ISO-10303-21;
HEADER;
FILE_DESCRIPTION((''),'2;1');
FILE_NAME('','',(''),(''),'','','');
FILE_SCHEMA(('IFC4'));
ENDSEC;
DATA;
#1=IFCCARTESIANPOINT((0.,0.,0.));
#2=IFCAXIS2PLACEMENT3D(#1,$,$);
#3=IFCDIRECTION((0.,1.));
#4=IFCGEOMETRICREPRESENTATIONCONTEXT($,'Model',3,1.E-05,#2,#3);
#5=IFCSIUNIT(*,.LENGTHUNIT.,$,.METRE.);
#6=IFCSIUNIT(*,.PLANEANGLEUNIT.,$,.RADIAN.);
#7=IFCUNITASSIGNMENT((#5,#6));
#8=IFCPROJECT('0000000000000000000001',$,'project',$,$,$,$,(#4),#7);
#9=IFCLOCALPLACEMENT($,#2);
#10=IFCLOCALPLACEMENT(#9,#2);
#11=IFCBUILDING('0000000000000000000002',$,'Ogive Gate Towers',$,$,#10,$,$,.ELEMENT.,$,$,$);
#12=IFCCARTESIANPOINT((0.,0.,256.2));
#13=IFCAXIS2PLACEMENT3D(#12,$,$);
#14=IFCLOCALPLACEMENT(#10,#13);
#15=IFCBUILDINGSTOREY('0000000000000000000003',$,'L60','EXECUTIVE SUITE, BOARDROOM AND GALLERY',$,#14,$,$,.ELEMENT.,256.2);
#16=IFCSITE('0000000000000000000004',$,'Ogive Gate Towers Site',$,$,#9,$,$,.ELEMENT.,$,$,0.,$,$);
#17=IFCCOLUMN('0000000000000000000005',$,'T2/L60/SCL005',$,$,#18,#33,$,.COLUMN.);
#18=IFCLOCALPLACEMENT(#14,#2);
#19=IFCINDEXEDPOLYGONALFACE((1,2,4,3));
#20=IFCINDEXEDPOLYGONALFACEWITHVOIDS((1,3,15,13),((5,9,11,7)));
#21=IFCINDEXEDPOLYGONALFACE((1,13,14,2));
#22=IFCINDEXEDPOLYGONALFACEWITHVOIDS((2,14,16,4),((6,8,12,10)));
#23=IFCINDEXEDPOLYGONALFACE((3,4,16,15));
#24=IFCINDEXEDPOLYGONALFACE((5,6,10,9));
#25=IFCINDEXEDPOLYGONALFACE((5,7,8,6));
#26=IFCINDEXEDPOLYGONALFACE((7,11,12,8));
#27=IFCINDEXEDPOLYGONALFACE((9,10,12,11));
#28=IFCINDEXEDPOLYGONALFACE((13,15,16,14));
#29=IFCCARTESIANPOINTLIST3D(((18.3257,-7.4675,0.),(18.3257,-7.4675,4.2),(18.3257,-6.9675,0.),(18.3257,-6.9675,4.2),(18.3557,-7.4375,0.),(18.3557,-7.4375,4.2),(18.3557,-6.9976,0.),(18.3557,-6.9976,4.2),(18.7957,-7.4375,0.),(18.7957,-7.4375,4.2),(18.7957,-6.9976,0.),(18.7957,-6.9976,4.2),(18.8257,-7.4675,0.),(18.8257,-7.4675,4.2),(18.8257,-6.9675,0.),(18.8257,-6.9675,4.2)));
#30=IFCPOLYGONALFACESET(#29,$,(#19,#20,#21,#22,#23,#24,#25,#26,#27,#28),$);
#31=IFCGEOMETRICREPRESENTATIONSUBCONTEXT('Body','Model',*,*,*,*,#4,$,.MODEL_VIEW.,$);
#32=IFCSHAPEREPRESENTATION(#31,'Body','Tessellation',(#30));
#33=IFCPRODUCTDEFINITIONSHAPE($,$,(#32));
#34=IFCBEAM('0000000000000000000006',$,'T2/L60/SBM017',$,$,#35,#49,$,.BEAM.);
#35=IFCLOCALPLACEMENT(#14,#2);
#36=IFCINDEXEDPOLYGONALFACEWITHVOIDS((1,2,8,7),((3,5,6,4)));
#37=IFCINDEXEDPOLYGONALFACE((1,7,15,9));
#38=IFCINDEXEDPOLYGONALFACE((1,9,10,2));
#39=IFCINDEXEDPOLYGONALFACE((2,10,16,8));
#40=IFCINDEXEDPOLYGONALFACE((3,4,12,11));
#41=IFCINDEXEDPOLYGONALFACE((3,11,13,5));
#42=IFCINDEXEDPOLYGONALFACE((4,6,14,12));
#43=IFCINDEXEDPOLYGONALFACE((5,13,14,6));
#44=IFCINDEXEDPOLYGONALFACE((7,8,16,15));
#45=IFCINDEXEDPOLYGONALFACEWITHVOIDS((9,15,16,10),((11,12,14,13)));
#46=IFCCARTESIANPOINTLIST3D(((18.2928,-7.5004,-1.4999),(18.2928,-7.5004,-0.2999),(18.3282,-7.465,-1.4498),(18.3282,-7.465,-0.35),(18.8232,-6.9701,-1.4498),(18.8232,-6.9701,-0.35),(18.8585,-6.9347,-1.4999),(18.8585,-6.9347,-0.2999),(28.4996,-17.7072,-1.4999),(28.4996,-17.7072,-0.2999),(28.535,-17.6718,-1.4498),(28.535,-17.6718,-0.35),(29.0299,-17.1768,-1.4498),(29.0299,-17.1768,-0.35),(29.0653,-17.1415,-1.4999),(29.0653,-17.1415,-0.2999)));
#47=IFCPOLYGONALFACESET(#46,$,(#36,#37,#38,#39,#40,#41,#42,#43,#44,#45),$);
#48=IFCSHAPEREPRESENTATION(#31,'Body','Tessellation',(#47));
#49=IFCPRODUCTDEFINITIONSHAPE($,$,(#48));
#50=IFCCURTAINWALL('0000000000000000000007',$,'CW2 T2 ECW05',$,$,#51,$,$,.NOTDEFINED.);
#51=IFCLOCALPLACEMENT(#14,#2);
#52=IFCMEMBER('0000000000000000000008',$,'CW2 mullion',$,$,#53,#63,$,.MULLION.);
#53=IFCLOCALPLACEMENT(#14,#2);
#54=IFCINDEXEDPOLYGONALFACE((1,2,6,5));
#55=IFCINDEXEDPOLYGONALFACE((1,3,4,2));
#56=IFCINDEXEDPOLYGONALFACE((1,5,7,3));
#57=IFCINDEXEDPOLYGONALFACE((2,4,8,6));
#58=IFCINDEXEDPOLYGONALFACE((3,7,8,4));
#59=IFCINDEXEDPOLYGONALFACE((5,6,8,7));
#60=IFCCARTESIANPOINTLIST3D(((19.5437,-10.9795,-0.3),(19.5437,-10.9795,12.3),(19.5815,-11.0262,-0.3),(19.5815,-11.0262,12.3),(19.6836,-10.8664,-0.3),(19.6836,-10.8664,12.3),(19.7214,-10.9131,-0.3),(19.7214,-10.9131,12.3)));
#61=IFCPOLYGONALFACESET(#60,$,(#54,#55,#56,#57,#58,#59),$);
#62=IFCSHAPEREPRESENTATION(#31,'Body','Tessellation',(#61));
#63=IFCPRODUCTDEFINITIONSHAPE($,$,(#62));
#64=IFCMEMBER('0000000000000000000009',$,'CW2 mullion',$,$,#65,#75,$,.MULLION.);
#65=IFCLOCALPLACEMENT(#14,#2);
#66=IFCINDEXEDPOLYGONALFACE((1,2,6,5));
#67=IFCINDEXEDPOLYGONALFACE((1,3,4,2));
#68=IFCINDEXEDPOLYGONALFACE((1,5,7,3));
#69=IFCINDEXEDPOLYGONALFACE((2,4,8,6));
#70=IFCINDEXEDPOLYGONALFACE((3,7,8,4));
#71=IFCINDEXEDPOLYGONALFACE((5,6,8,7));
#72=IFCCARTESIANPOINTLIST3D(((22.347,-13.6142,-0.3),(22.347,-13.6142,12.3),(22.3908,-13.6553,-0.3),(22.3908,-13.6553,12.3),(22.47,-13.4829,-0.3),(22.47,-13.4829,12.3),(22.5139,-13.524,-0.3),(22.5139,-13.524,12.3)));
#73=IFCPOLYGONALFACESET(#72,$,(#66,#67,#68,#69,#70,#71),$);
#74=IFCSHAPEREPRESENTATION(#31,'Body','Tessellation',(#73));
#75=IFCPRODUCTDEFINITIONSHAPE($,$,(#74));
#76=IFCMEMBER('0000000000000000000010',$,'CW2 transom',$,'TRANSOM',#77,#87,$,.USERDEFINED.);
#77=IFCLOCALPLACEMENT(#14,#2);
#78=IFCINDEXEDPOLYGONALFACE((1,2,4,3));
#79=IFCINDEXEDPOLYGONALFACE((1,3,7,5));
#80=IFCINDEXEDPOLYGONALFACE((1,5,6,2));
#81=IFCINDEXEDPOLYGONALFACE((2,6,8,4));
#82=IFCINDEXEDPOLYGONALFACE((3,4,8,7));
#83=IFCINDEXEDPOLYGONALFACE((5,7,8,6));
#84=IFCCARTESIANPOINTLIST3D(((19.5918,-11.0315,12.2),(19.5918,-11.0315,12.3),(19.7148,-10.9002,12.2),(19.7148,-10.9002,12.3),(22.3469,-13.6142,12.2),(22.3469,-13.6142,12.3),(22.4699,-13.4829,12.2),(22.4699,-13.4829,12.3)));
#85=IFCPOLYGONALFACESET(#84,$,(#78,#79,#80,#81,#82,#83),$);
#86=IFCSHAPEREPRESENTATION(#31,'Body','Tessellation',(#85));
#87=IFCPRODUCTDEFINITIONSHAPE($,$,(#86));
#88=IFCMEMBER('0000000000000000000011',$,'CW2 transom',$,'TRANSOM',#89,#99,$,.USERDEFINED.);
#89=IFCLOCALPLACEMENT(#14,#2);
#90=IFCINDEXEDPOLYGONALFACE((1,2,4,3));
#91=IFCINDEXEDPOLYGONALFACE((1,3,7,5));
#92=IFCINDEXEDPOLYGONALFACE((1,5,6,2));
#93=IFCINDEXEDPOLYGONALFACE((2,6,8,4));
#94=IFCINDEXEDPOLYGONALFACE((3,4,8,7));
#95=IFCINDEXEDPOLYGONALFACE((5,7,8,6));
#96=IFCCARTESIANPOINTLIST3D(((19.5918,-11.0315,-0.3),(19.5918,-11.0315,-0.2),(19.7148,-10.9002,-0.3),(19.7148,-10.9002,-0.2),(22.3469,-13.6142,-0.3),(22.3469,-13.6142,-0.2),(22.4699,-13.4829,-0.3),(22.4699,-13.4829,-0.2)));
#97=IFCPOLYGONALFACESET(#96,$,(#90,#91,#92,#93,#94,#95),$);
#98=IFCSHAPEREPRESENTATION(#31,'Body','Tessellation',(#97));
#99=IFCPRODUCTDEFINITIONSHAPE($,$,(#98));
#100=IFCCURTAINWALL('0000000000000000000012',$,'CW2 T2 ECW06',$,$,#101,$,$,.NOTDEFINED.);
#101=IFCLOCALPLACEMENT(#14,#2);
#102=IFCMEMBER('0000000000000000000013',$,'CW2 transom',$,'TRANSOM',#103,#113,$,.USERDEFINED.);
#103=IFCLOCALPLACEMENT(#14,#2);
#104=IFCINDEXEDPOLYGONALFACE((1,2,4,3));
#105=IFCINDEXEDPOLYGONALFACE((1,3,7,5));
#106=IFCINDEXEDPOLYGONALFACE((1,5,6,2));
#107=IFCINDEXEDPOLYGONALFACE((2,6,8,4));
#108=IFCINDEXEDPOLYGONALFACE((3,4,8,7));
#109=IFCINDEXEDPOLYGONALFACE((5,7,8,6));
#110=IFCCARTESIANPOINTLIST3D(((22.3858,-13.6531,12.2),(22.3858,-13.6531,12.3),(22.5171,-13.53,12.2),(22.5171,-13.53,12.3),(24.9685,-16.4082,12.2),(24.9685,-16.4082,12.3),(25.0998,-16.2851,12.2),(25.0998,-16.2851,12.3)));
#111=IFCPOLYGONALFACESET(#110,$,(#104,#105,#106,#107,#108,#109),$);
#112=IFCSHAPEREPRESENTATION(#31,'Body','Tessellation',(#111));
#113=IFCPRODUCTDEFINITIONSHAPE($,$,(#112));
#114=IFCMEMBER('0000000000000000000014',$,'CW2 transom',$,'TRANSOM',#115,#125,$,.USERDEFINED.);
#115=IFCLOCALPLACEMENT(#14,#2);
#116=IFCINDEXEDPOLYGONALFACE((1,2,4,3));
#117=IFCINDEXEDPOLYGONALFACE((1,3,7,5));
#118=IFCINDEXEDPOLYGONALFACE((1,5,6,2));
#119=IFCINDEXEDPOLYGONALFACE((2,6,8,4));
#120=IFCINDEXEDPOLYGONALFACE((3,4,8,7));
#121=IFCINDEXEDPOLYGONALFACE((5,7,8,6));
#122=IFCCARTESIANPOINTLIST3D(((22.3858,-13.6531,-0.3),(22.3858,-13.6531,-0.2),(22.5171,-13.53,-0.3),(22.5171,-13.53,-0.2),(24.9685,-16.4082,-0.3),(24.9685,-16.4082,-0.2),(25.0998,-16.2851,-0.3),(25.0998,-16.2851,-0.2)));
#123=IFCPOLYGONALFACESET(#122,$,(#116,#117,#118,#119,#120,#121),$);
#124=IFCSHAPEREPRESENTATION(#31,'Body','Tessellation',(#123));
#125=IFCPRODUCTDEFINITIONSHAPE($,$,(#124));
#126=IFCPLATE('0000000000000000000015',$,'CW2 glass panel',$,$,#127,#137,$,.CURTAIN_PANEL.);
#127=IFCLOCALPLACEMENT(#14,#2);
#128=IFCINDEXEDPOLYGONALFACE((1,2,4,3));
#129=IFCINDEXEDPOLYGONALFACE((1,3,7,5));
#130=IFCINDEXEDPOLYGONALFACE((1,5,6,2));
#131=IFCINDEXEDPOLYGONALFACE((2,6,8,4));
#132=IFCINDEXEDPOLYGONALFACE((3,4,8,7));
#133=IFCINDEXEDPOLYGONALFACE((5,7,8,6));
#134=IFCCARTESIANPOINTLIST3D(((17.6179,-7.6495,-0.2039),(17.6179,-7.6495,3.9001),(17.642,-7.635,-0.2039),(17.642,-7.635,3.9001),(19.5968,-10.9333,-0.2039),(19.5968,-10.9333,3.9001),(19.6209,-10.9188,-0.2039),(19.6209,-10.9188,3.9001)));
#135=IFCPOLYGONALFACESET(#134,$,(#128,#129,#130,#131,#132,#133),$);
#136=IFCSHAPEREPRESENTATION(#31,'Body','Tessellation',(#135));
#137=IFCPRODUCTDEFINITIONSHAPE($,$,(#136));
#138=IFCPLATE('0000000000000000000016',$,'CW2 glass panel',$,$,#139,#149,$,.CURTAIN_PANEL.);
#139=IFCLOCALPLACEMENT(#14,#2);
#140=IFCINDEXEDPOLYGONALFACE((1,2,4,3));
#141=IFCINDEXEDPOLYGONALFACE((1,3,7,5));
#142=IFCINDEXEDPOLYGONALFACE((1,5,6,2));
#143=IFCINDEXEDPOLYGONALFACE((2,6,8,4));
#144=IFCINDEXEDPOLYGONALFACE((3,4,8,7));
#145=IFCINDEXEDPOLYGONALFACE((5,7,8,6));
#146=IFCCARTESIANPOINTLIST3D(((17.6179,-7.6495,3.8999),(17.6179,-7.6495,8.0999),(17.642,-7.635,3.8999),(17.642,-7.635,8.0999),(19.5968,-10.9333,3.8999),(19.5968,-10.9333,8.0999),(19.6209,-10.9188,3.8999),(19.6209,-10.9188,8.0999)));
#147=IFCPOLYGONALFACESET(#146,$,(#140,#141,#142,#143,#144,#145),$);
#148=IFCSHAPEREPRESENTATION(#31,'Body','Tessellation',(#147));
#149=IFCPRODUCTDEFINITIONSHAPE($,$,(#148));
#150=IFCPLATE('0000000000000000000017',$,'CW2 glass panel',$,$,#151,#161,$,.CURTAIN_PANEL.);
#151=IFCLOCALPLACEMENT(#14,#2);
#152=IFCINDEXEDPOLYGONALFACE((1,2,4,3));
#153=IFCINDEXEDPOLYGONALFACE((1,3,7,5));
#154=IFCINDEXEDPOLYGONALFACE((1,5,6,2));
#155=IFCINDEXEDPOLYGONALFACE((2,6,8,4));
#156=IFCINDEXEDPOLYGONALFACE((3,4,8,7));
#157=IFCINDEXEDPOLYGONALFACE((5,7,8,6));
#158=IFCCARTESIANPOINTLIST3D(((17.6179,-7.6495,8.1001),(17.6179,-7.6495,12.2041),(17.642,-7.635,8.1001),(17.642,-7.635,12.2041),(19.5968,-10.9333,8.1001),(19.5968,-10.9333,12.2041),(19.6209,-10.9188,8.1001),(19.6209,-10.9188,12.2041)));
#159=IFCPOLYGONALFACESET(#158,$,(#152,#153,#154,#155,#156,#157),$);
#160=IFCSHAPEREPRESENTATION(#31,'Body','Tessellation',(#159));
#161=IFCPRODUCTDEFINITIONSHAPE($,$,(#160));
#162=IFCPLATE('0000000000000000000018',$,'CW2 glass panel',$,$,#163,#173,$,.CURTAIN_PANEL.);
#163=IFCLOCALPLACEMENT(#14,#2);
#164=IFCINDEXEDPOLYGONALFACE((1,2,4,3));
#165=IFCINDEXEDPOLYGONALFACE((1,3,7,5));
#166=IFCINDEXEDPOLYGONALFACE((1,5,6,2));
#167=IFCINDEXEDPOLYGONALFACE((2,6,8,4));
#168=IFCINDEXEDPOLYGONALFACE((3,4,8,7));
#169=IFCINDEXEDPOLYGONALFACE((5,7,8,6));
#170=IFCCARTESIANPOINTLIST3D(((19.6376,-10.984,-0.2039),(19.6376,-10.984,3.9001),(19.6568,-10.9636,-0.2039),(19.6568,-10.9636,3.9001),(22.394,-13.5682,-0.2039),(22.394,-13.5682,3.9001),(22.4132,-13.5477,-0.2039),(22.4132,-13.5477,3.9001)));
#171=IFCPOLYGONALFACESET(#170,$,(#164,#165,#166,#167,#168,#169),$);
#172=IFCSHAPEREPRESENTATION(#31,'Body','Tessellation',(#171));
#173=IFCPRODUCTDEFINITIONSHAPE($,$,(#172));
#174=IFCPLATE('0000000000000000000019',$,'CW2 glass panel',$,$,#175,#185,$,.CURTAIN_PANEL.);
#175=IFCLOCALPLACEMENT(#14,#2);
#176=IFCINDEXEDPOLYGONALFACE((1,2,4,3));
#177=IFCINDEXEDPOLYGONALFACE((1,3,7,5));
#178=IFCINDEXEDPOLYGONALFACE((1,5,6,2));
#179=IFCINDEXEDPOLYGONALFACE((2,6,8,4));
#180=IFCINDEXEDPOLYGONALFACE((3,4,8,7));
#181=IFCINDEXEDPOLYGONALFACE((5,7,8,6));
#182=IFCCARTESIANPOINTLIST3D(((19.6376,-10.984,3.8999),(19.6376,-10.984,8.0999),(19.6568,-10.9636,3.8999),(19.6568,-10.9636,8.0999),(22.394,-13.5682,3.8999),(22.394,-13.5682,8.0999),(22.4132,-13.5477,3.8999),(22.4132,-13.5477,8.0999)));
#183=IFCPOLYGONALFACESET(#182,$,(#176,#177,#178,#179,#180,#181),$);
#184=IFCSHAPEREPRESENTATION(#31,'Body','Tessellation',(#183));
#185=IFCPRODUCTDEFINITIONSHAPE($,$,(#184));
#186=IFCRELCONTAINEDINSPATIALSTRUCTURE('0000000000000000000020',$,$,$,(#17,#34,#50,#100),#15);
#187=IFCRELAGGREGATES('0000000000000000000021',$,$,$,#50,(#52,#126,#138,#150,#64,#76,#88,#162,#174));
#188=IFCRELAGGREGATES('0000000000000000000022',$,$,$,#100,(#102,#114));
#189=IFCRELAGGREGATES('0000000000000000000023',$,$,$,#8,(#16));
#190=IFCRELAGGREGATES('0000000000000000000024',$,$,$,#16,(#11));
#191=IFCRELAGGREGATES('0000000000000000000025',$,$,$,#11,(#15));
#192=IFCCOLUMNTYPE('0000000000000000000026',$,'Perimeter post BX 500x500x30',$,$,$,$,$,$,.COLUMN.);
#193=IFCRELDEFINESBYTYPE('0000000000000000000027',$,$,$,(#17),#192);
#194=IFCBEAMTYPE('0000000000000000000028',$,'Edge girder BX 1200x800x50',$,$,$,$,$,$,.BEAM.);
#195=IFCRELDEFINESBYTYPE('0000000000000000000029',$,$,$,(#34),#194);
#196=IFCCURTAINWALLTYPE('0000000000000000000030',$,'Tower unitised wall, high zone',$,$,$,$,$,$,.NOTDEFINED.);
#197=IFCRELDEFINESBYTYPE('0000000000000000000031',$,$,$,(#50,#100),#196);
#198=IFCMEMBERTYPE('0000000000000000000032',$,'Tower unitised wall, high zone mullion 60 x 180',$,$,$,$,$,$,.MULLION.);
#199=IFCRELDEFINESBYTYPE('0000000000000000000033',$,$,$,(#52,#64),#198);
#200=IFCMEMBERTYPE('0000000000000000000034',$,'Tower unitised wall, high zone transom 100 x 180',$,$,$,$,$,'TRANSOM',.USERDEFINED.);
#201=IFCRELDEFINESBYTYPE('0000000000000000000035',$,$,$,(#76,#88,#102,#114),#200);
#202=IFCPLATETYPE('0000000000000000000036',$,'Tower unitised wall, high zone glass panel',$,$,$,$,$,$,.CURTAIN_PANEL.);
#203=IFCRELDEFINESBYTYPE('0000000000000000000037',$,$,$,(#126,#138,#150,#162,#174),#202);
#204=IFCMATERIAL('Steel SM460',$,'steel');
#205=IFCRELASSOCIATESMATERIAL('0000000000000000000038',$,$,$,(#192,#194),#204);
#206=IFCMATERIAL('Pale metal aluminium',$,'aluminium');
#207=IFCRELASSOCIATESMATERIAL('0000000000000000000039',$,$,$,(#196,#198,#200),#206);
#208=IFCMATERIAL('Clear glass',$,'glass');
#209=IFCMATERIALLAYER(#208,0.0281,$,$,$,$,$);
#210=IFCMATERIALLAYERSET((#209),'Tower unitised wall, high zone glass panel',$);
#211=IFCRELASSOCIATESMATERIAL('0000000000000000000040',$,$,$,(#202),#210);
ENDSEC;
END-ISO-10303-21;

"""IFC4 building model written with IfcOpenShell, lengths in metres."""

from ifc_helpers import new_model, si_unit, direction, frame, origin, origin_2d, place, context, subcontext, project, spatial, rectangle, hollow_rectangle, extrude, material, layer, layer_set, material_profile, profile_set, type_object, element, aggregate, save


model = new_model("IFC4")

# Units and contexts
model_context = context("Model", 3, precision=1e-05, world=origin(), true_north=direction((0.0, 1.0)))
body_context = subcontext(model_context, "Body", "Model", "MODEL_VIEW")
ifc_project = project(units=[si_unit("LENGTHUNIT", "METRE"), si_unit("PLANEANGLEUNIT", "RADIAN")], contexts=[model_context])

# Site, building, storey
site_placement = place(None, origin())
site = spatial("IfcSite", under=ifc_project, at=site_placement, Name="Ogive Gate Towers Site", CompositionType="ELEMENT", RefElevation=0.0)
building_placement = place(site_placement, origin())
building = spatial("IfcBuilding", under=site, at=building_placement, Name="Ogive Gate Towers", CompositionType="ELEMENT")
storey_placement = place(building_placement, frame((0.0, 0.0, 256.2)))
storey = spatial("IfcBuildingStorey", under=building, at=storey_placement, Name="L60", Description="EXECUTIVE SUITE, BOARDROOM AND GALLERY", CompositionType="ELEMENT", Elevation=256.2)

# Column
ifc_material_1 = material(Name="Steel SM460", Category="steel")
ifc_material_profile_1 = material_profile(ifc_material_1, hollow_rectangle(XDim=0.5, YDim=0.5, WallThickness=0.03, at=origin_2d()), Name="BX 500x500x30")
ifc_profile_set_1 = profile_set([ifc_material_profile_1], Name="Steel SM460")
column_type = type_object("IfcColumnType", Name="Perimeter post BX 500x500x30", PredefinedType="COLUMN", material=ifc_profile_set_1)
column_placement = place(storey_placement, frame((18.5757, -7.2175, 0.0), z_axis=(0.0, 0.0, 1.0), x_axis=(1.0, 0.0, 0.0)))
element("IfcColumn", 1, at=column_placement, inside=storey, type_object=column_type, Name="T2/L60/SCL005", PredefinedType="COLUMN", context=body_context, shape_type="SweptSolid", body=[
    extrude(hollow_rectangle(XDim=0.5, YDim=0.5, WallThickness=0.03, at=origin_2d()), origin(), (0.0, 0.0, 1.0), 4.2),
])

# Beam
ifc_material_profile_2 = material_profile(ifc_material_1, hollow_rectangle(XDim=0.8, YDim=1.2, WallThickness=0.05, at=origin_2d()), Name="BX 1200x800x50")
ifc_profile_set_2 = profile_set([ifc_material_profile_2], Name="Steel SM460")
beam_type = type_object("IfcBeamType", Name="Edge girder BX 1200x800x50", PredefinedType="BEAM", material=ifc_profile_set_2)
beam_placement = place(storey_placement, frame((18.5757, -7.2175, -0.8999), z_axis=(0.707107, -0.707107, 0.0), x_axis=(0.707107, 0.707107, 0.0)))
element("IfcBeam", 2, at=beam_placement, inside=storey, type_object=beam_type, Name="T2/L60/SBM017", PredefinedType="BEAM", context=body_context, shape_type="SweptSolid", body=[
    extrude(hollow_rectangle(XDim=0.8, YDim=1.2, WallThickness=0.05, at=origin_2d()), origin(), (0.0, 0.0, 1.0), 14.4346),
])

# Curtain walls, members
ifc_material_2 = material(Name="Pale metal aluminium", Category="aluminium")
curtain_wall_type = type_object("IfcCurtainWallType", Name="Tower unitised wall, high zone", PredefinedType="NOTDEFINED", material=ifc_material_2)
curtain_wall_1_placement = place(storey_placement, origin())
curtain_wall_1 = element("IfcCurtainWall", 3, at=curtain_wall_1_placement, inside=storey, type_object=curtain_wall_type, Name="CW2 T2 ECW05", PredefinedType="NOTDEFINED")
ifc_material_profile_3 = material_profile(ifc_material_2, rectangle(XDim=0.1799, YDim=0.0601, at=origin_2d()), Name="60 x 180 aluminium box")
ifc_profile_set_3 = profile_set([ifc_material_profile_3], Name="Pale metal aluminium")
member_type_1 = type_object("IfcMemberType", Name="Tower unitised wall, high zone mullion 60 x 180", PredefinedType="MULLION", material=ifc_profile_set_3)
member_1_placement = place(storey_placement, frame((19.6326, -10.9463, -0.3), z_axis=(0.0, 0.0, 1.0), x_axis=(-0.777574, -0.628791, 0.0)))
member_1 = element("IfcMember", 4, at=member_1_placement, type_object=member_type_1, Name="CW2 mullion", PredefinedType="MULLION", context=body_context, shape_type="SweptSolid", body=[
    extrude(rectangle(XDim=0.1799, YDim=0.0601, at=origin_2d()), origin(), (0.0, 0.0, 1.0), 12.6001),
])
member_2_placement = place(storey_placement, frame((22.4304, -13.5691, -0.3), z_axis=(0.0, 0.0, 1.0), x_axis=(-0.683936, -0.729542, 0.0)))
member_2 = element("IfcMember", 5, at=member_2_placement, type_object=member_type_1, Name="CW2 mullion", PredefinedType="MULLION", context=body_context, shape_type="SweptSolid", body=[
    extrude(rectangle(XDim=0.1799, YDim=0.0601, at=origin_2d()), origin(), (0.0, 0.0, 1.0), 12.6001),
])
ifc_material_profile_4 = material_profile(ifc_material_2, rectangle(XDim=0.1799, YDim=0.1001, at=origin_2d()), Name="100 x 180 aluminium box")
ifc_profile_set_4 = profile_set([ifc_material_profile_4], Name="Pale metal aluminium")
member_type_2 = type_object("IfcMemberType", Name="Tower unitised wall, high zone transom 100 x 180", ElementType="TRANSOM", PredefinedType="USERDEFINED", material=ifc_profile_set_4)
member_3_placement = place(storey_placement, frame((19.6533, -10.9658, 12.25), z_axis=(0.729559, -0.683917, 0.0), x_axis=(0.683917, 0.729559, 0.0)))
member_3 = element("IfcMember", 6, at=member_3_placement, type_object=member_type_2, Name="CW2 transom", ObjectType="TRANSOM", PredefinedType="USERDEFINED", context=body_context, shape_type="SweptSolid", body=[
    extrude(rectangle(XDim=0.1799, YDim=0.1001, at=origin_2d()), origin(), (0.0, 0.0, 1.0), 3.7764),
])
member_4_placement = place(storey_placement, frame((19.6533, -10.9658, -0.25), z_axis=(0.729559, -0.683917, 0.0), x_axis=(0.683917, 0.729559, 0.0)))
member_4 = element("IfcMember", 7, at=member_4_placement, type_object=member_type_2, Name="CW2 transom", ObjectType="TRANSOM", PredefinedType="USERDEFINED", context=body_context, shape_type="SweptSolid", body=[
    extrude(rectangle(XDim=0.1799, YDim=0.1001, at=origin_2d()), origin(), (0.0, 0.0, 1.0), 3.7764),
])
curtain_wall_2_placement = place(storey_placement, origin())
curtain_wall_2 = element("IfcCurtainWall", 8, at=curtain_wall_2_placement, inside=storey, type_object=curtain_wall_type, Name="CW2 T2 ECW06", PredefinedType="NOTDEFINED")
member_5_placement = place(storey_placement, frame((22.4514, -13.5916, 12.25), z_axis=(0.683917, -0.729559, 0.0), x_axis=(0.729559, 0.683917, 0.0)))
member_5 = element("IfcMember", 9, at=member_5_placement, type_object=member_type_2, Name="CW2 transom", ObjectType="TRANSOM", PredefinedType="USERDEFINED", context=body_context, shape_type="SweptSolid", body=[
    extrude(rectangle(XDim=0.1799, YDim=0.1001, at=origin_2d()), origin(), (0.0, 0.0, 1.0), 3.7764),
])
member_6_placement = place(storey_placement, frame((22.4514, -13.5916, -0.25), z_axis=(0.683917, -0.729559, 0.0), x_axis=(0.729559, 0.683917, 0.0)))
member_6 = element("IfcMember", 10, at=member_6_placement, type_object=member_type_2, Name="CW2 transom", ObjectType="TRANSOM", PredefinedType="USERDEFINED", context=body_context, shape_type="SweptSolid", body=[
    extrude(rectangle(XDim=0.1799, YDim=0.1001, at=origin_2d()), origin(), (0.0, 0.0, 1.0), 3.7764),
])

# Plates
ifc_material_3 = material(Name="Clear glass", Category="glass")
ifc_layer_1 = layer(ifc_material_3, 0.0281)
ifc_layer_set_1 = layer_set([ifc_layer_1], Name="Tower unitised wall, high zone glass panel")
plate_type = type_object("IfcPlateType", Name="Tower unitised wall, high zone glass panel", PredefinedType="CURTAIN_PANEL", material=ifc_layer_set_1)
plate_1_placement = place(storey_placement, frame((18.6194, -9.2842, -0.2039), z_axis=(0.0, 0.0, 1.0), x_axis=(0.516145, -0.856501, 0.0)))
plate_1 = element("IfcPlate", 11, at=plate_1_placement, type_object=plate_type, Name="CW2 glass panel", PredefinedType="CURTAIN_PANEL", context=body_context, shape_type="SweptSolid", body=[
    extrude(rectangle(XDim=3.834, YDim=0.0281, at=origin_2d()), origin(), (0.0, 0.0, 1.0), 4.104),
])
plate_2_placement = place(storey_placement, frame((18.6194, -9.2842, 3.8999), z_axis=(0.0, 0.0, 1.0), x_axis=(0.516145, -0.856501, 0.0)))
plate_2 = element("IfcPlate", 12, at=plate_2_placement, type_object=plate_type, Name="CW2 glass panel", PredefinedType="CURTAIN_PANEL", context=body_context, shape_type="SweptSolid", body=[
    extrude(rectangle(XDim=3.834, YDim=0.0281, at=origin_2d()), origin(), (0.0, 0.0, 1.0), 4.2),
])
plate_3_placement = place(storey_placement, frame((18.6194, -9.2842, 8.1001), z_axis=(0.0, 0.0, 1.0), x_axis=(0.516145, -0.856501, 0.0)))
plate_3 = element("IfcPlate", 13, at=plate_3_placement, type_object=plate_type, Name="CW2 glass panel", PredefinedType="CURTAIN_PANEL", context=body_context, shape_type="SweptSolid", body=[
    extrude(rectangle(XDim=3.834, YDim=0.0281, at=origin_2d()), origin(), (0.0, 0.0, 1.0), 4.104),
])
plate_4_placement = place(storey_placement, frame((21.0254, -12.2659, -0.2039), z_axis=(0.0, 0.0, 1.0), x_axis=(0.729542, -0.683936, 0.0)))
plate_4 = element("IfcPlate", 14, at=plate_4_placement, type_object=plate_type, Name="CW2 glass panel", PredefinedType="CURTAIN_PANEL", context=body_context, shape_type="SweptSolid", body=[
    extrude(rectangle(XDim=3.7783, YDim=0.0281, at=origin_2d()), origin(), (0.0, 0.0, 1.0), 4.104),
])
plate_5_placement = place(storey_placement, frame((21.0254, -12.2659, 3.8999), z_axis=(0.0, 0.0, 1.0), x_axis=(0.729542, -0.683936, 0.0)))
plate_5 = element("IfcPlate", 15, at=plate_5_placement, type_object=plate_type, Name="CW2 glass panel", PredefinedType="CURTAIN_PANEL", context=body_context, shape_type="SweptSolid", body=[
    extrude(rectangle(XDim=3.7783, YDim=0.0281, at=origin_2d()), origin(), (0.0, 0.0, 1.0), 4.2),
])
aggregate(curtain_wall_1, [member_1, plate_1, plate_2, plate_3, member_2, member_3, member_4, plate_4, plate_5])
aggregate(curtain_wall_2, [member_5, member_6])

save(model, "model.ifc")
